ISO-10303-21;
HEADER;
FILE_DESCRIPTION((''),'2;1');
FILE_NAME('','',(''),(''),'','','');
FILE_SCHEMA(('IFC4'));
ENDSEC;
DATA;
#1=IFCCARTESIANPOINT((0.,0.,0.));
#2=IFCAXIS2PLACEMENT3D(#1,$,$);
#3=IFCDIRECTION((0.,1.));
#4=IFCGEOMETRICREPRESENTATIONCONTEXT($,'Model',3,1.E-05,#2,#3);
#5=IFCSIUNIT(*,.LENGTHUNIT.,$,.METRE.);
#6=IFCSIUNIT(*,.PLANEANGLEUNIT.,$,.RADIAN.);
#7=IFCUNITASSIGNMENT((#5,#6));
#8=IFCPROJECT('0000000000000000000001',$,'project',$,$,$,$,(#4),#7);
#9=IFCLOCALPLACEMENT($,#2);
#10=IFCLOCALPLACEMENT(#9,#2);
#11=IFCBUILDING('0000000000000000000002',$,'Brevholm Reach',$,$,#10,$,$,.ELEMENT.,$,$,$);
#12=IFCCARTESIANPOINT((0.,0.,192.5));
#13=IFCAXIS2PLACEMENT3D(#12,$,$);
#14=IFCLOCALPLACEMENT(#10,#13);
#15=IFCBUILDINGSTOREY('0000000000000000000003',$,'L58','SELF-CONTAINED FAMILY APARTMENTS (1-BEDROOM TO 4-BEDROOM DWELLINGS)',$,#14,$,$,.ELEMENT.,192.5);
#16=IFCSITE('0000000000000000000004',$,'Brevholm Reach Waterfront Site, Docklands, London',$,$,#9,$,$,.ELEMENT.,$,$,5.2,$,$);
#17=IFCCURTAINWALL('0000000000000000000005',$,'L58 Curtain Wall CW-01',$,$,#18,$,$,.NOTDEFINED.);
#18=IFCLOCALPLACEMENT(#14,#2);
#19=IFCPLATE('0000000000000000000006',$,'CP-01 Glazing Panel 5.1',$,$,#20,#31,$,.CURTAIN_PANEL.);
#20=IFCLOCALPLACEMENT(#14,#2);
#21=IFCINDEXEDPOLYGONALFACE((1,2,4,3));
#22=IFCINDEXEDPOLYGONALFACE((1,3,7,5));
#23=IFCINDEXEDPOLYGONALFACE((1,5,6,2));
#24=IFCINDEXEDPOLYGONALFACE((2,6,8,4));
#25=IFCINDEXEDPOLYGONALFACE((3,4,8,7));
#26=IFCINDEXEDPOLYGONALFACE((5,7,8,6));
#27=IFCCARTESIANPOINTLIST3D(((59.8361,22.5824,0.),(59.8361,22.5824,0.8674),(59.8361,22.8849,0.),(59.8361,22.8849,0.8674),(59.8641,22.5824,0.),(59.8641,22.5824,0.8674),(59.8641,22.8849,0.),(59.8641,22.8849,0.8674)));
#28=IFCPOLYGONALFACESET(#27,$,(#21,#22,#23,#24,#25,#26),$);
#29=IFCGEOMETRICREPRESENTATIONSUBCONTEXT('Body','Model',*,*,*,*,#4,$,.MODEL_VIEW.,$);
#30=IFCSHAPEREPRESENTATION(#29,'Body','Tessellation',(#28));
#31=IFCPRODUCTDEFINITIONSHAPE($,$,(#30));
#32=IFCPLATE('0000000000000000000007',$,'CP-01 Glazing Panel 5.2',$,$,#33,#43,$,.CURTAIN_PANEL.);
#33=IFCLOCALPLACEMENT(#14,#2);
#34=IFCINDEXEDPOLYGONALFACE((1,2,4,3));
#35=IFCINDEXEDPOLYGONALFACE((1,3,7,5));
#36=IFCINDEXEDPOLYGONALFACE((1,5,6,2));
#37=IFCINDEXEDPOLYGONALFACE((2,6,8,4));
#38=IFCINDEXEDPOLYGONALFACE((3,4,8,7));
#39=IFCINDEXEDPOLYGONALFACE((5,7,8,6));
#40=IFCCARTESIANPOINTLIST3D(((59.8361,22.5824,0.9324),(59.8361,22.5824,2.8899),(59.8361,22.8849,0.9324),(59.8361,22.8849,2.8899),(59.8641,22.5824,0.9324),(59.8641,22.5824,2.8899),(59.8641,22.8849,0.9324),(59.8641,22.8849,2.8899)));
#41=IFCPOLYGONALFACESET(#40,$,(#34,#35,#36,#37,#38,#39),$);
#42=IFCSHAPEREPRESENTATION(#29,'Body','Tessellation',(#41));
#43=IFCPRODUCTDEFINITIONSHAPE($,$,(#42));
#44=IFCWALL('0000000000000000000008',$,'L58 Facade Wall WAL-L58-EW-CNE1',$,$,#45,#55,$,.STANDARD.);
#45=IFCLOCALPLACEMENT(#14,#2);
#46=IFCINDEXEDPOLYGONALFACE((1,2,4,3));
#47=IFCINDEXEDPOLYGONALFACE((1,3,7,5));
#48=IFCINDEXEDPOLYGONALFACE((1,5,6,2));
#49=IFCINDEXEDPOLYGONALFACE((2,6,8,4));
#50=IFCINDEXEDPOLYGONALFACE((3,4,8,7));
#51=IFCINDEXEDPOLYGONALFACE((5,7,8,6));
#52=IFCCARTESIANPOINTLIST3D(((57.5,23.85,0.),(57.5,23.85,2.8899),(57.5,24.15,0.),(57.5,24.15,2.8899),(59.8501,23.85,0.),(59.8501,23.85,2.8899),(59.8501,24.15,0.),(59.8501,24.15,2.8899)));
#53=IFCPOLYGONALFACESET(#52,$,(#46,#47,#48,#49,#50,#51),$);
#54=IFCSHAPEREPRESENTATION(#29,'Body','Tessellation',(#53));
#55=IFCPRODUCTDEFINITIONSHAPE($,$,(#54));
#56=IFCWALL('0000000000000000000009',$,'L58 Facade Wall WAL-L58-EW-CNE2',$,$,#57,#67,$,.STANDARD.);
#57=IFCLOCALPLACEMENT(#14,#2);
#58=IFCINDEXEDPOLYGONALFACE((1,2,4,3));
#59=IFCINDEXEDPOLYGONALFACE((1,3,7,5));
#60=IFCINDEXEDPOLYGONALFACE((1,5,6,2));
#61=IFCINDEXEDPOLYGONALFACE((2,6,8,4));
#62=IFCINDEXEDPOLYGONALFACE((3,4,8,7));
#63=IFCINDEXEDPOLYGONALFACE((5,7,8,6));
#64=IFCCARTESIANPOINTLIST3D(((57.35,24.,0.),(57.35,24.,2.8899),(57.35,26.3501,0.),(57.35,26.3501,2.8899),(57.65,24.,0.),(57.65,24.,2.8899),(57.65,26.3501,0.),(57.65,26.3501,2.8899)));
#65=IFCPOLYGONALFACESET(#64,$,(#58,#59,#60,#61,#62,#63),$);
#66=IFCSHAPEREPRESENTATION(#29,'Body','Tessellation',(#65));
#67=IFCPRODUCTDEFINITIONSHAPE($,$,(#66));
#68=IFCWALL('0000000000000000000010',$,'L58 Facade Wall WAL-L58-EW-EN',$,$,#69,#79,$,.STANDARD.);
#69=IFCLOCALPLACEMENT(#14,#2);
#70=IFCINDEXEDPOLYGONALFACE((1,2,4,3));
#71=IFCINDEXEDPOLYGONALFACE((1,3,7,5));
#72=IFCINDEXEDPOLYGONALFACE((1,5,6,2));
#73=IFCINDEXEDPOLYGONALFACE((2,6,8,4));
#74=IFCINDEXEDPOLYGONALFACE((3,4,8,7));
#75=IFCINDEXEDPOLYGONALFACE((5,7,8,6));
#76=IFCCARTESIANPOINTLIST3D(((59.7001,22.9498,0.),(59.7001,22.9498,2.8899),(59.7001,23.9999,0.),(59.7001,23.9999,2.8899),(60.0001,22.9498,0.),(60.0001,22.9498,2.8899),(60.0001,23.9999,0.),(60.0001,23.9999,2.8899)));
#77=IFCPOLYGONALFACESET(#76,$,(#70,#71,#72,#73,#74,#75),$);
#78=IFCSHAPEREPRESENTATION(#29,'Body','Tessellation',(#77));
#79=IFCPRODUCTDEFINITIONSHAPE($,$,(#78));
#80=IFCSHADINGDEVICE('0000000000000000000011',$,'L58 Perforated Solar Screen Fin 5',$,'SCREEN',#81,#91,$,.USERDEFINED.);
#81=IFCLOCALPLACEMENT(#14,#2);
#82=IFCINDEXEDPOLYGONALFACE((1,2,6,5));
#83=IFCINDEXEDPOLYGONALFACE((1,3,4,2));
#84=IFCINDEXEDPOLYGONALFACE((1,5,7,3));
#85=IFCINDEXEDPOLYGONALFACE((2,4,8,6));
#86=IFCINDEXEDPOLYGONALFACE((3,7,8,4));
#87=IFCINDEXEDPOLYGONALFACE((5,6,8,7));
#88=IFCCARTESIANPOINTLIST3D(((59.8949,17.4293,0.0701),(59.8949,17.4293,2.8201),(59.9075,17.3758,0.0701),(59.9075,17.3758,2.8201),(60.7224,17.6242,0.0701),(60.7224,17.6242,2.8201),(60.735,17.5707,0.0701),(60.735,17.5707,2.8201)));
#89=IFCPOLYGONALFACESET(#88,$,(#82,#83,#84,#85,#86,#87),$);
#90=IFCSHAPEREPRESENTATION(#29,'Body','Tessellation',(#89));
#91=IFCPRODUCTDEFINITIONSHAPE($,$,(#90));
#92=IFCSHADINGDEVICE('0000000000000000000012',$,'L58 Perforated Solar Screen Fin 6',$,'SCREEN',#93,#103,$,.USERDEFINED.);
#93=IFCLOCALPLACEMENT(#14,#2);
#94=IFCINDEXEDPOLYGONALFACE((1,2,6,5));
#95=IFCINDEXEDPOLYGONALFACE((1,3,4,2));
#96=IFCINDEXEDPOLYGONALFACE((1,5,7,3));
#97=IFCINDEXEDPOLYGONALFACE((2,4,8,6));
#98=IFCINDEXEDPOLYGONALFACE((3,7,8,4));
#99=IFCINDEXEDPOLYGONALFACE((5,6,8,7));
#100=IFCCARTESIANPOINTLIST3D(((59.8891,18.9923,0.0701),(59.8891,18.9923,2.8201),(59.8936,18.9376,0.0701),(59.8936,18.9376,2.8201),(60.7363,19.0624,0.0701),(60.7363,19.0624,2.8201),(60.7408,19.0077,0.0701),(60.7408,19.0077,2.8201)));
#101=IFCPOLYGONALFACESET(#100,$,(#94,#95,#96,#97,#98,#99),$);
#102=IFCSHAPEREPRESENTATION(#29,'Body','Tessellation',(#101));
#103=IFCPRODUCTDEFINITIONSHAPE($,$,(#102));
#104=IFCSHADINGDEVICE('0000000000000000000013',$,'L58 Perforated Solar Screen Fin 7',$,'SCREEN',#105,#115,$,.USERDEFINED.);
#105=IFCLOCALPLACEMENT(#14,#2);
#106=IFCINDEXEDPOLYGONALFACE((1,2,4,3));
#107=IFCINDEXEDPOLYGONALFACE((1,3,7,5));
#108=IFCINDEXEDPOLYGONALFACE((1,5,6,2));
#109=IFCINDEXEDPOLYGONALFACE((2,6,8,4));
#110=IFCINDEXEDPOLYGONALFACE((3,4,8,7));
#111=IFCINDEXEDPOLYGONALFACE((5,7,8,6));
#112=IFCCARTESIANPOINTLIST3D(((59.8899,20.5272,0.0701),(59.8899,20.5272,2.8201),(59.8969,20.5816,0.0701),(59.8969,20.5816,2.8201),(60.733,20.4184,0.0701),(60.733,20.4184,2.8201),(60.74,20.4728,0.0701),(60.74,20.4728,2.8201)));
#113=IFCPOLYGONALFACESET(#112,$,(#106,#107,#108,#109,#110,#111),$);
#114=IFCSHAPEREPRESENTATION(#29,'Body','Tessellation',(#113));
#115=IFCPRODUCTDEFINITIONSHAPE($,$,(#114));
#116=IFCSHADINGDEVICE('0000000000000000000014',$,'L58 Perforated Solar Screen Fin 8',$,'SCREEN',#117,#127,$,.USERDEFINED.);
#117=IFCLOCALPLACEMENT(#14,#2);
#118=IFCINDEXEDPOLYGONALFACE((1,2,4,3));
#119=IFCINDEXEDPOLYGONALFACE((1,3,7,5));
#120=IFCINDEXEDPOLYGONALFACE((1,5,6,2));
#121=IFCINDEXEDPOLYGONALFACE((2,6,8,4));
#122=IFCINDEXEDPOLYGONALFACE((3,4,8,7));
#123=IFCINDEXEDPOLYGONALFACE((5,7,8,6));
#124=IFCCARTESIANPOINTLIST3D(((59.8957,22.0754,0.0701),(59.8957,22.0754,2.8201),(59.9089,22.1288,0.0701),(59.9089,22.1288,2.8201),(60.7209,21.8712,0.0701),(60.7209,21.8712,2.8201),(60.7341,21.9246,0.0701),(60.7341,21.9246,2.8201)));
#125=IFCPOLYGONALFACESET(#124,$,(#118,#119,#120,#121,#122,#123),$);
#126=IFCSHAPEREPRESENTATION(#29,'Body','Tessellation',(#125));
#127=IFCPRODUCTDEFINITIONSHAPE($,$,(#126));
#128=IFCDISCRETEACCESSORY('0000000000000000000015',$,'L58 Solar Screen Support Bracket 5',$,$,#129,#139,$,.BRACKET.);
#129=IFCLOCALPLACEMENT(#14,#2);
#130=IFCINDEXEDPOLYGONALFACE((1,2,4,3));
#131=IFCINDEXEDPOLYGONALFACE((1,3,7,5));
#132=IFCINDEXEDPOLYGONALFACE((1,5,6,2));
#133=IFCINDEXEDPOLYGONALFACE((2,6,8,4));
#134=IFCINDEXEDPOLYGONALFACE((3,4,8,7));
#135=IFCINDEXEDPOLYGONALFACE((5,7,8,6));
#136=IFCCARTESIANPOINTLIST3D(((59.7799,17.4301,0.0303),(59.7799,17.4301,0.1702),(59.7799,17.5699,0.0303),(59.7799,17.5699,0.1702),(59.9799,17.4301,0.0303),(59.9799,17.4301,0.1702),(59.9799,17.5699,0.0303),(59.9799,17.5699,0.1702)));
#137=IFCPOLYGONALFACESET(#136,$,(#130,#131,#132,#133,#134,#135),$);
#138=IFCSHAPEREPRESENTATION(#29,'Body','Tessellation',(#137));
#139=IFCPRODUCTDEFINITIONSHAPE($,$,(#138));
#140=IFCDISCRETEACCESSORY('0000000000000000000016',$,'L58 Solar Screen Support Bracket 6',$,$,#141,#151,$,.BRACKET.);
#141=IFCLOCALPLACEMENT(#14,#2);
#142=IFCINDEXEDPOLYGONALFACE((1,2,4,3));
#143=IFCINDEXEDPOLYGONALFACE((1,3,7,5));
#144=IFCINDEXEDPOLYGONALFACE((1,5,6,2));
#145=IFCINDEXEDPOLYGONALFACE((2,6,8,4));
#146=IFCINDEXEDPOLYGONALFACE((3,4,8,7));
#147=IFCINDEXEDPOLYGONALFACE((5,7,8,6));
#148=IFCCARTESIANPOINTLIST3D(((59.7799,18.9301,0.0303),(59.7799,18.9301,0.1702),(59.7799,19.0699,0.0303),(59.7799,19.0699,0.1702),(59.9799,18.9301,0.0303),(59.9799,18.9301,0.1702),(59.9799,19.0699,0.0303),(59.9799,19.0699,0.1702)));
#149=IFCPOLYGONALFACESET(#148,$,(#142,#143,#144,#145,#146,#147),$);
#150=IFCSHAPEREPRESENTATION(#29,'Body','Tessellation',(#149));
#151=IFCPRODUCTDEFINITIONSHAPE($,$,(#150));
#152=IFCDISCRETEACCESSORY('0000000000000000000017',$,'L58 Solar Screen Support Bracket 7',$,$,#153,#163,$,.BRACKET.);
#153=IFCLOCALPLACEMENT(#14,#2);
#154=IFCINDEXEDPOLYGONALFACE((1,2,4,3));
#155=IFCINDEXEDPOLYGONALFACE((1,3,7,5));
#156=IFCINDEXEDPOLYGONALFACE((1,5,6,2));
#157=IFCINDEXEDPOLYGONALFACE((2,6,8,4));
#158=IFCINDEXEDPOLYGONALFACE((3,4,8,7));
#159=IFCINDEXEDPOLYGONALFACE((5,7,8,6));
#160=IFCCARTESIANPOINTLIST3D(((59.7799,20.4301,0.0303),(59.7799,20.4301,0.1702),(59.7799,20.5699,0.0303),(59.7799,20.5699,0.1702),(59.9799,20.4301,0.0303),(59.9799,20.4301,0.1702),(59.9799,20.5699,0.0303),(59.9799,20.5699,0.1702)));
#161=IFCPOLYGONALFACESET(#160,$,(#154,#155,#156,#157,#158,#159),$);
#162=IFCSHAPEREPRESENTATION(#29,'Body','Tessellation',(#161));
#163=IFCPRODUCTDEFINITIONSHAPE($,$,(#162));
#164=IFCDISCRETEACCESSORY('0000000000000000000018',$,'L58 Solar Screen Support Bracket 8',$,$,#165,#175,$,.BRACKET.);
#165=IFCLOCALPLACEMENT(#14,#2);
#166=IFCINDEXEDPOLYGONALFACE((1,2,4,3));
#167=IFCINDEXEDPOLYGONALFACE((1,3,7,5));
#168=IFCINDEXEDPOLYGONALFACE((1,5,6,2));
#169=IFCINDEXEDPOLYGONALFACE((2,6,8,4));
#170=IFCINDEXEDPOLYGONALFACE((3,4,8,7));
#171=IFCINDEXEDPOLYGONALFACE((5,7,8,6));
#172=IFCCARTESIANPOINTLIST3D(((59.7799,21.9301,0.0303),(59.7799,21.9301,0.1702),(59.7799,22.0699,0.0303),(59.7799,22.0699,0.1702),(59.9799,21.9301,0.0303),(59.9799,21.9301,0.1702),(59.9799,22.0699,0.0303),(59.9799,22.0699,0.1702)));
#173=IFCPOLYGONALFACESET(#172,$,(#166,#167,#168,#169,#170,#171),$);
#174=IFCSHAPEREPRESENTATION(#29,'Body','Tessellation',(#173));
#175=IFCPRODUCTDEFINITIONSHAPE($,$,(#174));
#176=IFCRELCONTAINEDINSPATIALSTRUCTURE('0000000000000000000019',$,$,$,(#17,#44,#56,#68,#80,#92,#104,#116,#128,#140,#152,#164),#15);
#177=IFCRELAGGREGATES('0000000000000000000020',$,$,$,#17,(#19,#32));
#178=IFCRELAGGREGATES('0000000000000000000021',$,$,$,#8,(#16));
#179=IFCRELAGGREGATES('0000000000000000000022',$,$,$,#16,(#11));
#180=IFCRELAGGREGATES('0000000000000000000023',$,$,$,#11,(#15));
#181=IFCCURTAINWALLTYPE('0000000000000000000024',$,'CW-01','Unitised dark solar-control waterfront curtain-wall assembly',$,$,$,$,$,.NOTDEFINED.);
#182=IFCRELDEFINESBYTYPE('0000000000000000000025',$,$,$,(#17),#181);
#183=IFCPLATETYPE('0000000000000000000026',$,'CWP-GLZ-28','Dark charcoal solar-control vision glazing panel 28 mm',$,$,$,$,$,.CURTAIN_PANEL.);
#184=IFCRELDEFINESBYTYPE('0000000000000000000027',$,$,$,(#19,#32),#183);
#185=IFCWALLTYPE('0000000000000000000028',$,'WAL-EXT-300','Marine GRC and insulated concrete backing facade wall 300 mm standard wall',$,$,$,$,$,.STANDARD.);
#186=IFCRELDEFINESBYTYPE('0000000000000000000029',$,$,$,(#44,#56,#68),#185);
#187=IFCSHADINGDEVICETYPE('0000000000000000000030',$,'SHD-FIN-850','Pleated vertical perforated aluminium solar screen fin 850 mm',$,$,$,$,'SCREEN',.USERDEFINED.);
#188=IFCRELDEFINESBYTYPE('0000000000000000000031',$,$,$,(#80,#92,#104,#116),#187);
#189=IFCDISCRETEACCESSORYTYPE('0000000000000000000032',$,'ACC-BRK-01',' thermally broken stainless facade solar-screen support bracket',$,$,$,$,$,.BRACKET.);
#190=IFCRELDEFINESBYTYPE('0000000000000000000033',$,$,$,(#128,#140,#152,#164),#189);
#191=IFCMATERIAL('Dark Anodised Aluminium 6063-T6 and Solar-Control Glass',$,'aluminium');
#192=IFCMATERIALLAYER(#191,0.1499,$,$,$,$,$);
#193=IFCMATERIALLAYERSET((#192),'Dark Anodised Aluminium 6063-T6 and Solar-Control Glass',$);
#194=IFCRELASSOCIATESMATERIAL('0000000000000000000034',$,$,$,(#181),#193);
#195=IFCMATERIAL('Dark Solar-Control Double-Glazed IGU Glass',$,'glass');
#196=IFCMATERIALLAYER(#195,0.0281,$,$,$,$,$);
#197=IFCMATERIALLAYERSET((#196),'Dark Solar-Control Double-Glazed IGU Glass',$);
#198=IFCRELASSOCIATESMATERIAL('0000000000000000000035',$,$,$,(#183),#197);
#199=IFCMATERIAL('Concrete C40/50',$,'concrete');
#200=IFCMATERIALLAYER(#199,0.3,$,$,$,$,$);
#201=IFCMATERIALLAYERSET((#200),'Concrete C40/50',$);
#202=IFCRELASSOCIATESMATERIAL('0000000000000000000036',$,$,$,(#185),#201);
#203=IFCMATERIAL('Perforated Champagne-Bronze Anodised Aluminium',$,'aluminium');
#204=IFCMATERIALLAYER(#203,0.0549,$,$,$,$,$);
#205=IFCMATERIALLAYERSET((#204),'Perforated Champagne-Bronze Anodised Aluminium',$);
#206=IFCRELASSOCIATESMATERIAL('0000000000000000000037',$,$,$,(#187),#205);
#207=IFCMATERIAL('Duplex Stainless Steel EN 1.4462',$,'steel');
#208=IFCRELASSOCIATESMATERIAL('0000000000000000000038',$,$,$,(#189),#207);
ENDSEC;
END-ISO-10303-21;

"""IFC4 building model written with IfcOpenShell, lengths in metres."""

from ifc_helpers import new_model, si_unit, direction, frame, frame_2d, origin, origin_2d, place, context, subcontext, project, spatial, rectangle, extrude, material, layer, layer_set, type_object, element, aggregate, save


model = new_model("IFC4")

# Units and contexts
model_context = context("Model", 3, precision=1e-05, world=origin(), true_north=direction((0.0, 1.0)))
body_context = subcontext(model_context, "Body", "Model", "MODEL_VIEW")
ifc_project = project(units=[si_unit("LENGTHUNIT", "METRE"), si_unit("PLANEANGLEUNIT", "RADIAN")], contexts=[model_context])

# Site, building, storey
site_placement = place(None, origin())
site = spatial("IfcSite", under=ifc_project, at=site_placement, Name="Brevholm Reach Waterfront Site, Docklands, London", CompositionType="ELEMENT", RefElevation=5.2)
building_placement = place(site_placement, origin())
building = spatial("IfcBuilding", under=site, at=building_placement, Name="Brevholm Reach", CompositionType="ELEMENT")
storey_placement = place(building_placement, frame((0.0, 0.0, 192.5)))
storey = spatial("IfcBuildingStorey", under=building, at=storey_placement, Name="L58", Description="SELF-CONTAINED FAMILY APARTMENTS (1-BEDROOM TO 4-BEDROOM DWELLINGS)", CompositionType="ELEMENT", Elevation=192.5)

# Curtain wall, plates
ifc_material_1 = material(Name="Dark Anodised Aluminium 6063-T6 and Solar-Control Glass", Category="aluminium")
ifc_layer_1 = layer(ifc_material_1, 0.1499)
ifc_layer_set_1 = layer_set([ifc_layer_1], Name="Dark Anodised Aluminium 6063-T6 and Solar-Control Glass")
curtain_wall_type = type_object("IfcCurtainWallType", Name="CW-01", Description="Unitised dark solar-control waterfront curtain-wall assembly", PredefinedType="NOTDEFINED", material=ifc_layer_set_1)
curtain_wall_placement = place(storey_placement, origin())
curtain_wall = element("IfcCurtainWall", 1, at=curtain_wall_placement, inside=storey, type_object=curtain_wall_type, Name="L58 Curtain Wall CW-01", PredefinedType="NOTDEFINED")
ifc_material_2 = material(Name="Dark Solar-Control Double-Glazed IGU Glass", Category="glass")
ifc_layer_2 = layer(ifc_material_2, 0.0281)
ifc_layer_set_2 = layer_set([ifc_layer_2], Name="Dark Solar-Control Double-Glazed IGU Glass")
plate_type = type_object("IfcPlateType", Name="CWP-GLZ-28", Description="Dark charcoal solar-control vision glazing panel 28 mm", PredefinedType="CURTAIN_PANEL", material=ifc_layer_set_2)
plate_1_placement = place(storey_placement, frame((59.8501, 22.7336, 0.0), z_axis=(0.0, 0.0, 1.0), x_axis=(0.0, 1.0, 0.0)))
plate_1 = element("IfcPlate", 2, at=plate_1_placement, type_object=plate_type, Name="CP-01 Glazing Panel 5.1", PredefinedType="CURTAIN_PANEL", context=body_context, shape_type="SweptSolid", body=[
    extrude(rectangle(XDim=0.3025, YDim=0.0281, at=origin_2d()), origin(), (0.0, 0.0, 1.0), 0.8674),
])
plate_2_placement = place(storey_placement, frame((59.8501, 22.7336, 0.9324), z_axis=(0.0, 0.0, 1.0), x_axis=(0.0, 1.0, 0.0)))
plate_2 = element("IfcPlate", 3, at=plate_2_placement, type_object=plate_type, Name="CP-01 Glazing Panel 5.2", PredefinedType="CURTAIN_PANEL", context=body_context, shape_type="SweptSolid", body=[
    extrude(rectangle(XDim=0.3025, YDim=0.0281, at=origin_2d()), origin(), (0.0, 0.0, 1.0), 1.9575),
])
aggregate(curtain_wall, [plate_1, plate_2])

# Walls
ifc_material_3 = material(Name="Concrete C40/50", Category="concrete")
ifc_layer_3 = layer(ifc_material_3, 0.3)
ifc_layer_set_3 = layer_set([ifc_layer_3], Name="Concrete C40/50")
wall_type = type_object("IfcWallType", Name="WAL-EXT-300", Description="Marine GRC and insulated concrete backing facade wall 300 mm standard wall", PredefinedType="STANDARD", material=ifc_layer_set_3)
for number, where, z_axis, x_axis, name in (
    (4, (59.8501, 24.0, 0.0), (0.0, 0.0, 1.0), (-1.0, 0.0, 0.0), "L58 Facade Wall WAL-L58-EW-CNE1"),
    (5, (57.5, 24.0, 0.0), (0.0, 0.0, 1.0), (0.0, 1.0, 0.0), "L58 Facade Wall WAL-L58-EW-CNE2"),
):
    element("IfcWall", number, at=place(storey_placement, frame(where, z_axis=z_axis, x_axis=x_axis)), inside=storey, type_object=wall_type, Name=name, PredefinedType="STANDARD", context=body_context, shape_type="SweptSolid", body=[
        extrude(rectangle(XDim=2.3501, YDim=0.3, at=frame_2d((1.175, 0.0))), origin(), (0.0, 0.0, 1.0), 2.8899),
    ])
wall_placement = place(storey_placement, frame((59.8501, 22.95, 0.0), z_axis=(0.0, 0.0, 1.0), x_axis=(0.0, 1.0, 0.0)))
element("IfcWall", 6, at=wall_placement, inside=storey, type_object=wall_type, Name="L58 Facade Wall WAL-L58-EW-EN", PredefinedType="STANDARD", context=body_context, shape_type="SweptSolid", body=[
    extrude(rectangle(XDim=1.05, YDim=0.3, at=frame_2d((0.5249, 0.0))), origin(), (0.0, 0.0, 1.0), 2.8899),
])

# Shading devices
ifc_material_4 = material(Name="Perforated Champagne-Bronze Anodised Aluminium", Category="aluminium")
ifc_layer_4 = layer(ifc_material_4, 0.0549)
ifc_layer_set_4 = layer_set([ifc_layer_4], Name="Perforated Champagne-Bronze Anodised Aluminium")
shading_device_type = type_object("IfcShadingDeviceType", Name="SHD-FIN-850", Description="Pleated vertical perforated aluminium solar screen fin 850 mm", ElementType="SCREEN", PredefinedType="USERDEFINED", material=ifc_layer_set_4)
for number, where, z_axis, x_axis, name in (
    (7, (60.3149, 17.5, 0.0701), (0.0, 0.0, 1.0), (0.973371, 0.229234, 0.0), "L58 Perforated Solar Screen Fin 5"),
    (8, (60.3149, 19.0, 0.0701), (0.0, 0.0, 1.0), (0.996593, 0.082478, 0.0), "L58 Perforated Solar Screen Fin 6"),
    (9, (60.3149, 20.5, 0.0701), (0.0, 0.0, 1.0), (0.991779, -0.127965, 0.0), "L58 Perforated Solar Screen Fin 7"),
    (10, (60.3149, 22.0, 0.0701), (0.0, 0.0, 1.0), (0.970721, -0.240211, 0.0), "L58 Perforated Solar Screen Fin 8"),
):
    element("IfcShadingDevice", number, at=place(storey_placement, frame(where, z_axis=z_axis, x_axis=x_axis)), inside=storey, type_object=shading_device_type, Name=name, ObjectType="SCREEN", PredefinedType="USERDEFINED", context=body_context, shape_type="SweptSolid", body=[
        extrude(rectangle(XDim=0.8501, YDim=0.0549, at=origin_2d()), origin(), (0.0, 0.0, 1.0), 2.75),
    ])

# Discrete accessories
ifc_material_5 = material(Name="Duplex Stainless Steel EN 1.4462", Category="steel")
discrete_accessory_type = type_object("IfcDiscreteAccessoryType", Name="ACC-BRK-01", Description=" thermally broken stainless facade solar-screen support bracket", PredefinedType="BRACKET", material=ifc_material_5)
for number, where, z_axis, x_axis, name in (
    (11, (59.8799, 17.5, 0.0303), (0.0, 0.0, 1.0), (1.0, 0.0, 0.0), "L58 Solar Screen Support Bracket 5"),
    (12, (59.8799, 19.0, 0.0303), (0.0, 0.0, 1.0), (1.0, 0.0, 0.0), "L58 Solar Screen Support Bracket 6"),
    (13, (59.8799, 20.5, 0.0303), (0.0, 0.0, 1.0), (1.0, 0.0, 0.0), "L58 Solar Screen Support Bracket 7"),
    (14, (59.8799, 22.0, 0.0303), (0.0, 0.0, 1.0), (1.0, 0.0, 0.0), "L58 Solar Screen Support Bracket 8"),
):
    element("IfcDiscreteAccessory", number, at=place(storey_placement, frame(where, z_axis=z_axis, x_axis=x_axis)), inside=storey, type_object=discrete_accessory_type, Name=name, PredefinedType="BRACKET", context=body_context, shape_type="SweptSolid", body=[
        extrude(rectangle(XDim=0.2, YDim=0.1399, at=origin_2d()), origin(), (0.0, 0.0, 1.0), 0.1399),
    ])

save(model, "model.ifc")
